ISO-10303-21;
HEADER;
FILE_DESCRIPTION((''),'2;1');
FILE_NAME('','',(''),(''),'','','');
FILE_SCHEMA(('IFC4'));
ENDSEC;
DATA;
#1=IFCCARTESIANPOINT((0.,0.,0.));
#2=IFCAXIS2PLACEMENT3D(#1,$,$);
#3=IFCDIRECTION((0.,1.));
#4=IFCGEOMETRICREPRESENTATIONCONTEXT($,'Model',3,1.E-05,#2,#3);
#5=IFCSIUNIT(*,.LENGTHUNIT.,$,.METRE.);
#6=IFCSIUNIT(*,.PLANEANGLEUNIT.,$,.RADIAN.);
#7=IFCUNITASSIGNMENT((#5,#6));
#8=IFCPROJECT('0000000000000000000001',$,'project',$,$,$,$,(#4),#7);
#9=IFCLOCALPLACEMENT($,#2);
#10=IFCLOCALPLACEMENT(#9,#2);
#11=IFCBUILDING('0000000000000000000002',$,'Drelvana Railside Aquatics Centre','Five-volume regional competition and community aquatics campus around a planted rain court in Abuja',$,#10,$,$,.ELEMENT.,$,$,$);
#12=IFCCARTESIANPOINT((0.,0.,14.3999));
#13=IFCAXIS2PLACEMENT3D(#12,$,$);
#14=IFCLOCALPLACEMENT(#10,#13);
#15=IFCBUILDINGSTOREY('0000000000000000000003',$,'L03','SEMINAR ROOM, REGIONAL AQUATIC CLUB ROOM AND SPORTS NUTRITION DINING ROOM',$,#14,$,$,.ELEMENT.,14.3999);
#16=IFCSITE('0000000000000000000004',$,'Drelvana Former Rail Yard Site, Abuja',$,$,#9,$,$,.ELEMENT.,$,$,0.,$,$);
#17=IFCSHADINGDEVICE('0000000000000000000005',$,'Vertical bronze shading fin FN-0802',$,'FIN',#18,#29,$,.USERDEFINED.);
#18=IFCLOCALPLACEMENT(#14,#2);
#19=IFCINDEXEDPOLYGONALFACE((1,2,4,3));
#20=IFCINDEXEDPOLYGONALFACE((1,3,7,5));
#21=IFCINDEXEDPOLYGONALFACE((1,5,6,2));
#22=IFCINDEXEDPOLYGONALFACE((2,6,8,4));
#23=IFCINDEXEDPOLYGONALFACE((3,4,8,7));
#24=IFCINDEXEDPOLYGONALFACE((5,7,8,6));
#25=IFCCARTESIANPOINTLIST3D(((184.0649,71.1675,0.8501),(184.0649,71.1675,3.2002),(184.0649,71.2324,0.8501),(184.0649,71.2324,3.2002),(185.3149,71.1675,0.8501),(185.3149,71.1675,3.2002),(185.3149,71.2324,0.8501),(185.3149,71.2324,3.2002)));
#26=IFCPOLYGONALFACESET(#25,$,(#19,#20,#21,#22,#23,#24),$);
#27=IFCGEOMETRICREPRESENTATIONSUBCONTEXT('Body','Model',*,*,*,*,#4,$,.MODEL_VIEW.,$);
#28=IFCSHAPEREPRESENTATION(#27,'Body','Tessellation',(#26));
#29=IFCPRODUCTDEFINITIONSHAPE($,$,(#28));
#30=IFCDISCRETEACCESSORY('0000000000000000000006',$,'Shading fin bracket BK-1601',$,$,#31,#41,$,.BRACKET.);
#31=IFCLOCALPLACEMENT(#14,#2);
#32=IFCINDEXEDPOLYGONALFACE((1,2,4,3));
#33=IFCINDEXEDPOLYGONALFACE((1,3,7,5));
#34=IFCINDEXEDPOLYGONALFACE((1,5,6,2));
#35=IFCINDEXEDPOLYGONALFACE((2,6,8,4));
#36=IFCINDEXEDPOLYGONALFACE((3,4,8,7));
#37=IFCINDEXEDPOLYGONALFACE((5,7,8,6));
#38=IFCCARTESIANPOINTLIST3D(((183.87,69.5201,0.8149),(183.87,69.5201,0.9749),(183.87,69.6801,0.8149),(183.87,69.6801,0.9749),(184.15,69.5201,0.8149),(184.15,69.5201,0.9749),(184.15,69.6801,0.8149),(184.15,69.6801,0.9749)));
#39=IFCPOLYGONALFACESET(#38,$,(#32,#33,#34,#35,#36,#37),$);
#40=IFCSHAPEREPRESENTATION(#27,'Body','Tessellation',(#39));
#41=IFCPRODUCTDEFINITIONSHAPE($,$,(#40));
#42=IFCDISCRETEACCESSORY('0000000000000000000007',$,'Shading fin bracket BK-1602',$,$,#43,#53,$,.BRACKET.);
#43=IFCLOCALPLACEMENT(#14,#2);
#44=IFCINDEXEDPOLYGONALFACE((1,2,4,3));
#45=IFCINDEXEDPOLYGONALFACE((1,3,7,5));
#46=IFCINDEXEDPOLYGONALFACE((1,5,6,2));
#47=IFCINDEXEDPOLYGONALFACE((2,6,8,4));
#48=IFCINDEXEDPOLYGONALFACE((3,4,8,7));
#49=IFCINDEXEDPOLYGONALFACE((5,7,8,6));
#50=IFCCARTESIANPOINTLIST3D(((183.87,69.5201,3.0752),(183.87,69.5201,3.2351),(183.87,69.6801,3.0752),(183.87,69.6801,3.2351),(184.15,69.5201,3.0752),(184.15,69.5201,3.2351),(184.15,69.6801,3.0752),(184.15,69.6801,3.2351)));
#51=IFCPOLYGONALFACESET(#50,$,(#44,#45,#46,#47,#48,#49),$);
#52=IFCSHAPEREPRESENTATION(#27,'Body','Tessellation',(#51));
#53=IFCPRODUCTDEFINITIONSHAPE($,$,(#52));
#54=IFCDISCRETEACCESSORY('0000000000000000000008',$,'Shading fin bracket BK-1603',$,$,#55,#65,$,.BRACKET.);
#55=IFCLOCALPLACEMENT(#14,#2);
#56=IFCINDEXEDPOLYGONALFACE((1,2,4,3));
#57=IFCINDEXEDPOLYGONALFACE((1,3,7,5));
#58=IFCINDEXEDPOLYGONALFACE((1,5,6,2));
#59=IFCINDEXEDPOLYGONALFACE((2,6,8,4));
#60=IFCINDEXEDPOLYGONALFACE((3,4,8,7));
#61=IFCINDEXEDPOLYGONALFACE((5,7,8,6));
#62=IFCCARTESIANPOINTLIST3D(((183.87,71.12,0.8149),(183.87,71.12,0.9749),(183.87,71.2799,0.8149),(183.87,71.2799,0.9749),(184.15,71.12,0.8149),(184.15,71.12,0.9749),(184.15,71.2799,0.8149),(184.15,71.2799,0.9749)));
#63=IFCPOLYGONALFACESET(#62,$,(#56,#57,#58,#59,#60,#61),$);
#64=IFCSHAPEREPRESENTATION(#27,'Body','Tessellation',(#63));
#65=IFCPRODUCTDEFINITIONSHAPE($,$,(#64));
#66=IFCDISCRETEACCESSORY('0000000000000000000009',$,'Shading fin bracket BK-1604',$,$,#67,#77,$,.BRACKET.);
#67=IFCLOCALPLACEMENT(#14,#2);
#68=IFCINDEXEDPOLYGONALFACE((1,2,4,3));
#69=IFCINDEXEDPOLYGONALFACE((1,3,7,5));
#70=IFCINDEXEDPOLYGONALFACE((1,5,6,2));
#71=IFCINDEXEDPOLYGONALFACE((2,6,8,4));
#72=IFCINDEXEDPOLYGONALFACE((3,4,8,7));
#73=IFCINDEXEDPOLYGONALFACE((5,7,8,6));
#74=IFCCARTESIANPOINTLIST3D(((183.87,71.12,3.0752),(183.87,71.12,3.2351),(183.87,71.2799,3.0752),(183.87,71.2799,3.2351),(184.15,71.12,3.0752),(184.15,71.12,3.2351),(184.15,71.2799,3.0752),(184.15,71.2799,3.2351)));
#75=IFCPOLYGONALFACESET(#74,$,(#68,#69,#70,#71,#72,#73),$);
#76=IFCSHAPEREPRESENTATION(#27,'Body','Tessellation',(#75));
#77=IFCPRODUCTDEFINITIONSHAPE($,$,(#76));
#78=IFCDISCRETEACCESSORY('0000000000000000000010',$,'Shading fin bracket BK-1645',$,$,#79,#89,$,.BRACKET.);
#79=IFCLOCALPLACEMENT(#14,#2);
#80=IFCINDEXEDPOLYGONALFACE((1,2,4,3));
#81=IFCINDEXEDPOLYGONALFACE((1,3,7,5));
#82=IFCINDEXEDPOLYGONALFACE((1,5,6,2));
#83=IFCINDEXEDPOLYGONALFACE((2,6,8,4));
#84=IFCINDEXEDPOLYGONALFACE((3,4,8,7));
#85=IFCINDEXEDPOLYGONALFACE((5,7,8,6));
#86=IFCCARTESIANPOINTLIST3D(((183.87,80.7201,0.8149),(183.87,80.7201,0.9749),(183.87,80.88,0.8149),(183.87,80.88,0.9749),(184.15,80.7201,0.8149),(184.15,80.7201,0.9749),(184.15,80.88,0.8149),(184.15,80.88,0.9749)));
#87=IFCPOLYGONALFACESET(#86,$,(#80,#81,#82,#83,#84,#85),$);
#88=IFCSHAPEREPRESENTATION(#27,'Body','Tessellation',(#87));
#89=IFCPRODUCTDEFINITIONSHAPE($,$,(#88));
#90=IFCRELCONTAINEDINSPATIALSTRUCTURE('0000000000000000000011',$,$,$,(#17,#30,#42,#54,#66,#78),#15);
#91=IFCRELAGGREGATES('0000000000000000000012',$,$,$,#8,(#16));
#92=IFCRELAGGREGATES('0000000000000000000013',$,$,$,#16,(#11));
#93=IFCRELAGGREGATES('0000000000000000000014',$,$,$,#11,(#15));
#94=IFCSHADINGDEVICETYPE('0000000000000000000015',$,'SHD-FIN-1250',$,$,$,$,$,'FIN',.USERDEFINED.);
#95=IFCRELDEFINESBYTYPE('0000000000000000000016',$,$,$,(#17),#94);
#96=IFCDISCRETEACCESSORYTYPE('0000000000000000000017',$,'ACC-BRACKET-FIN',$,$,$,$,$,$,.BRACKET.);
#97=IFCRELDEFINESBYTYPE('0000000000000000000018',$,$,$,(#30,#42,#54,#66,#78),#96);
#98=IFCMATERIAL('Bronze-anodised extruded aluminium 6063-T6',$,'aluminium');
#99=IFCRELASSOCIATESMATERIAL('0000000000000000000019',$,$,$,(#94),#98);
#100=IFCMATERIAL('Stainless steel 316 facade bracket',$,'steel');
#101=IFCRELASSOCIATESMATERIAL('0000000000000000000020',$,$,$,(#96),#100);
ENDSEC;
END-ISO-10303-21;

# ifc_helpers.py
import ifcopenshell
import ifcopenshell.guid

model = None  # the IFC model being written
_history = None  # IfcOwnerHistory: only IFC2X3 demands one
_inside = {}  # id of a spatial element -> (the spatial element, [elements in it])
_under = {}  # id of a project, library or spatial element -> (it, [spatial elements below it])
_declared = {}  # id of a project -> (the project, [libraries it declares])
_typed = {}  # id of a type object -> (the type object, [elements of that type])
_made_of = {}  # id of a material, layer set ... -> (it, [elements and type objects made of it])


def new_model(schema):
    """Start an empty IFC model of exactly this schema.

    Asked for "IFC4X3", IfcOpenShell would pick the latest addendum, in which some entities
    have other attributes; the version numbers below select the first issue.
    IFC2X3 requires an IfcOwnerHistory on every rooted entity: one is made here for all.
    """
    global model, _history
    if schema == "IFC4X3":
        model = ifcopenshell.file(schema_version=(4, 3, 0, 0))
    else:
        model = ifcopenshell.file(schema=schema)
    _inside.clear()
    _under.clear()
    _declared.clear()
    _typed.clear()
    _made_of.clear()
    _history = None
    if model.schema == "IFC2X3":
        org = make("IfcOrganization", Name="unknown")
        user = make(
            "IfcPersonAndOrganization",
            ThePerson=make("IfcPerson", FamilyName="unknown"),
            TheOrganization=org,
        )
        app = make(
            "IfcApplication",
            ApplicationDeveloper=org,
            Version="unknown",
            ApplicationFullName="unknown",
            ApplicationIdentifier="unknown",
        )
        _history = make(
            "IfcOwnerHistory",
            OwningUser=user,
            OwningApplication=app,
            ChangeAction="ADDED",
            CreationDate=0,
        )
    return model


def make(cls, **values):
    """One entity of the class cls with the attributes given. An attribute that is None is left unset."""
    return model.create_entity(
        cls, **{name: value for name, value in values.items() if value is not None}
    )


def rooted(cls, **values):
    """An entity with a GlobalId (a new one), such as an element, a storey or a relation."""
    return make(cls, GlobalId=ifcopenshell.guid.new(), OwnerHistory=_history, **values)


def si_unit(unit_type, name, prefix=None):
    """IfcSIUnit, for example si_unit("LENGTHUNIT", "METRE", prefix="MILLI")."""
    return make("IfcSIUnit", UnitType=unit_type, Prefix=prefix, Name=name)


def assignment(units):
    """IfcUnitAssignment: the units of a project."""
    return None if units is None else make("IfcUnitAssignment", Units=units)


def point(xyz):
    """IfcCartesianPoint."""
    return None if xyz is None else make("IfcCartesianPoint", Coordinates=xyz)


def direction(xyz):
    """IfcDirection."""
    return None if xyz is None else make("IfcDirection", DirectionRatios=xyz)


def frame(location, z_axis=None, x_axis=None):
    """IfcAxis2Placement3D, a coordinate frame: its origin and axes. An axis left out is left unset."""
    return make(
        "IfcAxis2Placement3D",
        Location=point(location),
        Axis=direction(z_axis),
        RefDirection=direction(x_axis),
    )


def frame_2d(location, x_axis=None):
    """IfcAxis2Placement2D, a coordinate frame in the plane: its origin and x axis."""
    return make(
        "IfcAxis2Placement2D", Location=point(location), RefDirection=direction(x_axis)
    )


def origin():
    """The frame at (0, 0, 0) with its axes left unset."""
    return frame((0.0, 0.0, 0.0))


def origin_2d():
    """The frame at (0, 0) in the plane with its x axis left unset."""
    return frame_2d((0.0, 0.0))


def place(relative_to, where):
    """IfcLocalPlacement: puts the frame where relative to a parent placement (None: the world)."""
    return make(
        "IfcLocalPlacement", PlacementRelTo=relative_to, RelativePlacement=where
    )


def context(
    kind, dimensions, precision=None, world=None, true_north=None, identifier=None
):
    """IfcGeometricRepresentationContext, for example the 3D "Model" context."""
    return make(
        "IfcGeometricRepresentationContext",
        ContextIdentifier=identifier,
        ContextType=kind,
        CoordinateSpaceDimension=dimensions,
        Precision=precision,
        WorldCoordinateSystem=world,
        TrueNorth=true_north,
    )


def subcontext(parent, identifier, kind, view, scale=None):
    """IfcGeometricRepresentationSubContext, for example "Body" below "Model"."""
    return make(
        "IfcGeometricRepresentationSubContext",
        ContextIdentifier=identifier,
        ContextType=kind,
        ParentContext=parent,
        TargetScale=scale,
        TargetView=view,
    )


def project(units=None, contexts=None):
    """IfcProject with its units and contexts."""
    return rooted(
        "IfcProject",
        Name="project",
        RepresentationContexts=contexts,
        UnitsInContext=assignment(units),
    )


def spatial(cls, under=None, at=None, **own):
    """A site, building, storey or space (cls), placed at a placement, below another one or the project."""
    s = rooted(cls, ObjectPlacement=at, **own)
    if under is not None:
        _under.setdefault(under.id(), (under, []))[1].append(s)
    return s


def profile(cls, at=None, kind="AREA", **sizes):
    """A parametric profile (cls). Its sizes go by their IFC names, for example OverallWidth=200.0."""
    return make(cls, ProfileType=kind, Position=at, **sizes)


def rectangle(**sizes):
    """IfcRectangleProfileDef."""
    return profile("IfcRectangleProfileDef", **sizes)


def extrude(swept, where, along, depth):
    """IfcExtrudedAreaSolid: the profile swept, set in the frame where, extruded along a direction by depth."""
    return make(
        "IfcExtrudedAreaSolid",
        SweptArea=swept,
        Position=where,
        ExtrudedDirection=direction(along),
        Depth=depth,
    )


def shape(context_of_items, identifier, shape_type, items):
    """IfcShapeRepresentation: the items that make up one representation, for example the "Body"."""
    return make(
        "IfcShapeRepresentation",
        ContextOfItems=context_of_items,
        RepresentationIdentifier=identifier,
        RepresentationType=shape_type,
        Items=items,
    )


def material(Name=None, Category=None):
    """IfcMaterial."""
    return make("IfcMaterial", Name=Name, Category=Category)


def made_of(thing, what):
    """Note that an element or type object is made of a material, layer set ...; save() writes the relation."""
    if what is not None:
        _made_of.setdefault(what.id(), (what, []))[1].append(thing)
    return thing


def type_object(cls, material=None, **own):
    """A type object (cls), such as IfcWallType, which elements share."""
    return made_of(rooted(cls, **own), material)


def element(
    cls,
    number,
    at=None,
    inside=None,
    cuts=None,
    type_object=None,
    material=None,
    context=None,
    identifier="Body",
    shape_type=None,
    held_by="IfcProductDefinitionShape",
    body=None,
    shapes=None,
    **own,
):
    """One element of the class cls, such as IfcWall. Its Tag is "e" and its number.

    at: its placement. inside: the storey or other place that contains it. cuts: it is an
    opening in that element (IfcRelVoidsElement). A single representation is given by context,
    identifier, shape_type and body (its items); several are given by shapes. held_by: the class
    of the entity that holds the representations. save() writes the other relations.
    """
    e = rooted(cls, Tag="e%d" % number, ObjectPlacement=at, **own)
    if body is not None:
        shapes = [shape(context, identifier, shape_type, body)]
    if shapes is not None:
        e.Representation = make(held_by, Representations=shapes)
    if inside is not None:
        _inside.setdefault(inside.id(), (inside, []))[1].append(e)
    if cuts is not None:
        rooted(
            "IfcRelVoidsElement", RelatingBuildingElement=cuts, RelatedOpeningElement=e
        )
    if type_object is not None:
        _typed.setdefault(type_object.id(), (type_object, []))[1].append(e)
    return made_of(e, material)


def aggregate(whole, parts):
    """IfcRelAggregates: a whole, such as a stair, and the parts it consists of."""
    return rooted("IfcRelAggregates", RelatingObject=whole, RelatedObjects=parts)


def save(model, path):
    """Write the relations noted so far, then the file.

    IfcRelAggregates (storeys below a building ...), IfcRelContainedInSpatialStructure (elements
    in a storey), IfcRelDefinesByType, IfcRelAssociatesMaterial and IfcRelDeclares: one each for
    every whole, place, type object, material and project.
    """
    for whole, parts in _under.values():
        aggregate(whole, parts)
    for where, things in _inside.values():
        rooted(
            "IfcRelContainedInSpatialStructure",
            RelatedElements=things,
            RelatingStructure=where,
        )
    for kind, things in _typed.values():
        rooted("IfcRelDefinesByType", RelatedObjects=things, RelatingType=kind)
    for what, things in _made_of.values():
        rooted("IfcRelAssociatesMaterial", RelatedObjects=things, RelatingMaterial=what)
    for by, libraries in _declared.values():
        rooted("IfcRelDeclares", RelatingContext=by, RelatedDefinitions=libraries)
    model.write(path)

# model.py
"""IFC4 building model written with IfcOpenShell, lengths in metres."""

from ifc_helpers import new_model, si_unit, direction, frame, origin, origin_2d, place, context, subcontext, project, spatial, rectangle, extrude, material, type_object, element, save


model = new_model("IFC4")

# Units and contexts
model_context = context("Model", 3, precision=1e-05, world=origin(), true_north=direction((0.0, 1.0)))
body_context = subcontext(model_context, "Body", "Model", "MODEL_VIEW")
ifc_project = project(units=[si_unit("LENGTHUNIT", "METRE"), si_unit("PLANEANGLEUNIT", "RADIAN")], contexts=[model_context])

# Site, building, storey
site_placement = place(None, origin())
site = spatial("IfcSite", under=ifc_project, at=site_placement, Name="Drelvana Former Rail Yard Site, Abuja", CompositionType="ELEMENT", RefElevation=0.0)
building_placement = place(site_placement, origin())
building = spatial("IfcBuilding", under=site, at=building_placement, Name="Drelvana Railside Aquatics Centre", Description="Five-volume regional competition and community aquatics campus around a planted rain court in Abuja", CompositionType="ELEMENT")
storey_placement = place(building_placement, frame((0.0, 0.0, 14.3999)))
storey = spatial("IfcBuildingStorey", under=building, at=storey_placement, Name="L03", Description="SEMINAR ROOM, REGIONAL AQUATIC CLUB ROOM AND SPORTS NUTRITION DINING ROOM", CompositionType="ELEMENT", Elevation=14.3999)

# Shared definitions
ifc_material_1 = material(Name="Bronze-anodised extruded aluminium 6063-T6", Category="aluminium")

# Shading device
shading_device_type = type_object("IfcShadingDeviceType", Name="SHD-FIN-1250", ElementType="FIN", PredefinedType="USERDEFINED", material=ifc_material_1)
for number, where, z_axis, x_axis, name in (
    (1, (184.6899, 71.2, 0.8501), (0.0, 0.0, 1.0), (1.0, 0.0, 0.0), "Vertical bronze shading fin FN-0802"),
):
    element("IfcShadingDevice", number, at=place(storey_placement, frame(where, z_axis=z_axis, x_axis=x_axis)), inside=storey, type_object=shading_device_type, Name=name, ObjectType="FIN", PredefinedType="USERDEFINED", context=body_context, shape_type="SweptSolid", body=[
        extrude(rectangle(XDim=1.25, YDim=0.0649, at=origin_2d()), origin(), (0.0, 0.0, 1.0), 2.3501),
    ])

# Discrete accessories
ifc_material_2 = material(Name="Stainless steel 316 facade bracket", Category="steel")
discrete_accessory_type = type_object("IfcDiscreteAccessoryType", Name="ACC-BRACKET-FIN", PredefinedType="BRACKET", material=ifc_material_2)
for number, where, z_axis, x_axis, name in (
    (2, (184.01, 69.6001, 0.8149), (0.0, 0.0, 1.0), (1.0, 0.0, 0.0), "Shading fin bracket BK-1601"),
    (3, (184.01, 69.6001, 3.0752), (0.0, 0.0, 1.0), (1.0, 0.0, 0.0), "Shading fin bracket BK-1602"),
    (4, (184.01, 71.2, 0.8149), (0.0, 0.0, 1.0), (1.0, 0.0, 0.0), "Shading fin bracket BK-1603"),
    (5, (184.01, 71.2, 3.0752), (0.0, 0.0, 1.0), (1.0, 0.0, 0.0), "Shading fin bracket BK-1604"),
    (6, (184.01, 80.8, 0.8149), (0.0, 0.0, 1.0), (1.0, 0.0, 0.0), "Shading fin bracket BK-1645"),
):
    element("IfcDiscreteAccessory", number, at=place(storey_placement, frame(where, z_axis=z_axis, x_axis=x_axis)), inside=storey, type_object=discrete_accessory_type, Name=name, PredefinedType="BRACKET", context=body_context, shape_type="SweptSolid", body=[
        extrude(rectangle(XDim=0.28, YDim=0.1599, at=origin_2d()), origin(), (0.0, 0.0, 1.0), 0.1599),
    ])

save(model, "model.ifc")
